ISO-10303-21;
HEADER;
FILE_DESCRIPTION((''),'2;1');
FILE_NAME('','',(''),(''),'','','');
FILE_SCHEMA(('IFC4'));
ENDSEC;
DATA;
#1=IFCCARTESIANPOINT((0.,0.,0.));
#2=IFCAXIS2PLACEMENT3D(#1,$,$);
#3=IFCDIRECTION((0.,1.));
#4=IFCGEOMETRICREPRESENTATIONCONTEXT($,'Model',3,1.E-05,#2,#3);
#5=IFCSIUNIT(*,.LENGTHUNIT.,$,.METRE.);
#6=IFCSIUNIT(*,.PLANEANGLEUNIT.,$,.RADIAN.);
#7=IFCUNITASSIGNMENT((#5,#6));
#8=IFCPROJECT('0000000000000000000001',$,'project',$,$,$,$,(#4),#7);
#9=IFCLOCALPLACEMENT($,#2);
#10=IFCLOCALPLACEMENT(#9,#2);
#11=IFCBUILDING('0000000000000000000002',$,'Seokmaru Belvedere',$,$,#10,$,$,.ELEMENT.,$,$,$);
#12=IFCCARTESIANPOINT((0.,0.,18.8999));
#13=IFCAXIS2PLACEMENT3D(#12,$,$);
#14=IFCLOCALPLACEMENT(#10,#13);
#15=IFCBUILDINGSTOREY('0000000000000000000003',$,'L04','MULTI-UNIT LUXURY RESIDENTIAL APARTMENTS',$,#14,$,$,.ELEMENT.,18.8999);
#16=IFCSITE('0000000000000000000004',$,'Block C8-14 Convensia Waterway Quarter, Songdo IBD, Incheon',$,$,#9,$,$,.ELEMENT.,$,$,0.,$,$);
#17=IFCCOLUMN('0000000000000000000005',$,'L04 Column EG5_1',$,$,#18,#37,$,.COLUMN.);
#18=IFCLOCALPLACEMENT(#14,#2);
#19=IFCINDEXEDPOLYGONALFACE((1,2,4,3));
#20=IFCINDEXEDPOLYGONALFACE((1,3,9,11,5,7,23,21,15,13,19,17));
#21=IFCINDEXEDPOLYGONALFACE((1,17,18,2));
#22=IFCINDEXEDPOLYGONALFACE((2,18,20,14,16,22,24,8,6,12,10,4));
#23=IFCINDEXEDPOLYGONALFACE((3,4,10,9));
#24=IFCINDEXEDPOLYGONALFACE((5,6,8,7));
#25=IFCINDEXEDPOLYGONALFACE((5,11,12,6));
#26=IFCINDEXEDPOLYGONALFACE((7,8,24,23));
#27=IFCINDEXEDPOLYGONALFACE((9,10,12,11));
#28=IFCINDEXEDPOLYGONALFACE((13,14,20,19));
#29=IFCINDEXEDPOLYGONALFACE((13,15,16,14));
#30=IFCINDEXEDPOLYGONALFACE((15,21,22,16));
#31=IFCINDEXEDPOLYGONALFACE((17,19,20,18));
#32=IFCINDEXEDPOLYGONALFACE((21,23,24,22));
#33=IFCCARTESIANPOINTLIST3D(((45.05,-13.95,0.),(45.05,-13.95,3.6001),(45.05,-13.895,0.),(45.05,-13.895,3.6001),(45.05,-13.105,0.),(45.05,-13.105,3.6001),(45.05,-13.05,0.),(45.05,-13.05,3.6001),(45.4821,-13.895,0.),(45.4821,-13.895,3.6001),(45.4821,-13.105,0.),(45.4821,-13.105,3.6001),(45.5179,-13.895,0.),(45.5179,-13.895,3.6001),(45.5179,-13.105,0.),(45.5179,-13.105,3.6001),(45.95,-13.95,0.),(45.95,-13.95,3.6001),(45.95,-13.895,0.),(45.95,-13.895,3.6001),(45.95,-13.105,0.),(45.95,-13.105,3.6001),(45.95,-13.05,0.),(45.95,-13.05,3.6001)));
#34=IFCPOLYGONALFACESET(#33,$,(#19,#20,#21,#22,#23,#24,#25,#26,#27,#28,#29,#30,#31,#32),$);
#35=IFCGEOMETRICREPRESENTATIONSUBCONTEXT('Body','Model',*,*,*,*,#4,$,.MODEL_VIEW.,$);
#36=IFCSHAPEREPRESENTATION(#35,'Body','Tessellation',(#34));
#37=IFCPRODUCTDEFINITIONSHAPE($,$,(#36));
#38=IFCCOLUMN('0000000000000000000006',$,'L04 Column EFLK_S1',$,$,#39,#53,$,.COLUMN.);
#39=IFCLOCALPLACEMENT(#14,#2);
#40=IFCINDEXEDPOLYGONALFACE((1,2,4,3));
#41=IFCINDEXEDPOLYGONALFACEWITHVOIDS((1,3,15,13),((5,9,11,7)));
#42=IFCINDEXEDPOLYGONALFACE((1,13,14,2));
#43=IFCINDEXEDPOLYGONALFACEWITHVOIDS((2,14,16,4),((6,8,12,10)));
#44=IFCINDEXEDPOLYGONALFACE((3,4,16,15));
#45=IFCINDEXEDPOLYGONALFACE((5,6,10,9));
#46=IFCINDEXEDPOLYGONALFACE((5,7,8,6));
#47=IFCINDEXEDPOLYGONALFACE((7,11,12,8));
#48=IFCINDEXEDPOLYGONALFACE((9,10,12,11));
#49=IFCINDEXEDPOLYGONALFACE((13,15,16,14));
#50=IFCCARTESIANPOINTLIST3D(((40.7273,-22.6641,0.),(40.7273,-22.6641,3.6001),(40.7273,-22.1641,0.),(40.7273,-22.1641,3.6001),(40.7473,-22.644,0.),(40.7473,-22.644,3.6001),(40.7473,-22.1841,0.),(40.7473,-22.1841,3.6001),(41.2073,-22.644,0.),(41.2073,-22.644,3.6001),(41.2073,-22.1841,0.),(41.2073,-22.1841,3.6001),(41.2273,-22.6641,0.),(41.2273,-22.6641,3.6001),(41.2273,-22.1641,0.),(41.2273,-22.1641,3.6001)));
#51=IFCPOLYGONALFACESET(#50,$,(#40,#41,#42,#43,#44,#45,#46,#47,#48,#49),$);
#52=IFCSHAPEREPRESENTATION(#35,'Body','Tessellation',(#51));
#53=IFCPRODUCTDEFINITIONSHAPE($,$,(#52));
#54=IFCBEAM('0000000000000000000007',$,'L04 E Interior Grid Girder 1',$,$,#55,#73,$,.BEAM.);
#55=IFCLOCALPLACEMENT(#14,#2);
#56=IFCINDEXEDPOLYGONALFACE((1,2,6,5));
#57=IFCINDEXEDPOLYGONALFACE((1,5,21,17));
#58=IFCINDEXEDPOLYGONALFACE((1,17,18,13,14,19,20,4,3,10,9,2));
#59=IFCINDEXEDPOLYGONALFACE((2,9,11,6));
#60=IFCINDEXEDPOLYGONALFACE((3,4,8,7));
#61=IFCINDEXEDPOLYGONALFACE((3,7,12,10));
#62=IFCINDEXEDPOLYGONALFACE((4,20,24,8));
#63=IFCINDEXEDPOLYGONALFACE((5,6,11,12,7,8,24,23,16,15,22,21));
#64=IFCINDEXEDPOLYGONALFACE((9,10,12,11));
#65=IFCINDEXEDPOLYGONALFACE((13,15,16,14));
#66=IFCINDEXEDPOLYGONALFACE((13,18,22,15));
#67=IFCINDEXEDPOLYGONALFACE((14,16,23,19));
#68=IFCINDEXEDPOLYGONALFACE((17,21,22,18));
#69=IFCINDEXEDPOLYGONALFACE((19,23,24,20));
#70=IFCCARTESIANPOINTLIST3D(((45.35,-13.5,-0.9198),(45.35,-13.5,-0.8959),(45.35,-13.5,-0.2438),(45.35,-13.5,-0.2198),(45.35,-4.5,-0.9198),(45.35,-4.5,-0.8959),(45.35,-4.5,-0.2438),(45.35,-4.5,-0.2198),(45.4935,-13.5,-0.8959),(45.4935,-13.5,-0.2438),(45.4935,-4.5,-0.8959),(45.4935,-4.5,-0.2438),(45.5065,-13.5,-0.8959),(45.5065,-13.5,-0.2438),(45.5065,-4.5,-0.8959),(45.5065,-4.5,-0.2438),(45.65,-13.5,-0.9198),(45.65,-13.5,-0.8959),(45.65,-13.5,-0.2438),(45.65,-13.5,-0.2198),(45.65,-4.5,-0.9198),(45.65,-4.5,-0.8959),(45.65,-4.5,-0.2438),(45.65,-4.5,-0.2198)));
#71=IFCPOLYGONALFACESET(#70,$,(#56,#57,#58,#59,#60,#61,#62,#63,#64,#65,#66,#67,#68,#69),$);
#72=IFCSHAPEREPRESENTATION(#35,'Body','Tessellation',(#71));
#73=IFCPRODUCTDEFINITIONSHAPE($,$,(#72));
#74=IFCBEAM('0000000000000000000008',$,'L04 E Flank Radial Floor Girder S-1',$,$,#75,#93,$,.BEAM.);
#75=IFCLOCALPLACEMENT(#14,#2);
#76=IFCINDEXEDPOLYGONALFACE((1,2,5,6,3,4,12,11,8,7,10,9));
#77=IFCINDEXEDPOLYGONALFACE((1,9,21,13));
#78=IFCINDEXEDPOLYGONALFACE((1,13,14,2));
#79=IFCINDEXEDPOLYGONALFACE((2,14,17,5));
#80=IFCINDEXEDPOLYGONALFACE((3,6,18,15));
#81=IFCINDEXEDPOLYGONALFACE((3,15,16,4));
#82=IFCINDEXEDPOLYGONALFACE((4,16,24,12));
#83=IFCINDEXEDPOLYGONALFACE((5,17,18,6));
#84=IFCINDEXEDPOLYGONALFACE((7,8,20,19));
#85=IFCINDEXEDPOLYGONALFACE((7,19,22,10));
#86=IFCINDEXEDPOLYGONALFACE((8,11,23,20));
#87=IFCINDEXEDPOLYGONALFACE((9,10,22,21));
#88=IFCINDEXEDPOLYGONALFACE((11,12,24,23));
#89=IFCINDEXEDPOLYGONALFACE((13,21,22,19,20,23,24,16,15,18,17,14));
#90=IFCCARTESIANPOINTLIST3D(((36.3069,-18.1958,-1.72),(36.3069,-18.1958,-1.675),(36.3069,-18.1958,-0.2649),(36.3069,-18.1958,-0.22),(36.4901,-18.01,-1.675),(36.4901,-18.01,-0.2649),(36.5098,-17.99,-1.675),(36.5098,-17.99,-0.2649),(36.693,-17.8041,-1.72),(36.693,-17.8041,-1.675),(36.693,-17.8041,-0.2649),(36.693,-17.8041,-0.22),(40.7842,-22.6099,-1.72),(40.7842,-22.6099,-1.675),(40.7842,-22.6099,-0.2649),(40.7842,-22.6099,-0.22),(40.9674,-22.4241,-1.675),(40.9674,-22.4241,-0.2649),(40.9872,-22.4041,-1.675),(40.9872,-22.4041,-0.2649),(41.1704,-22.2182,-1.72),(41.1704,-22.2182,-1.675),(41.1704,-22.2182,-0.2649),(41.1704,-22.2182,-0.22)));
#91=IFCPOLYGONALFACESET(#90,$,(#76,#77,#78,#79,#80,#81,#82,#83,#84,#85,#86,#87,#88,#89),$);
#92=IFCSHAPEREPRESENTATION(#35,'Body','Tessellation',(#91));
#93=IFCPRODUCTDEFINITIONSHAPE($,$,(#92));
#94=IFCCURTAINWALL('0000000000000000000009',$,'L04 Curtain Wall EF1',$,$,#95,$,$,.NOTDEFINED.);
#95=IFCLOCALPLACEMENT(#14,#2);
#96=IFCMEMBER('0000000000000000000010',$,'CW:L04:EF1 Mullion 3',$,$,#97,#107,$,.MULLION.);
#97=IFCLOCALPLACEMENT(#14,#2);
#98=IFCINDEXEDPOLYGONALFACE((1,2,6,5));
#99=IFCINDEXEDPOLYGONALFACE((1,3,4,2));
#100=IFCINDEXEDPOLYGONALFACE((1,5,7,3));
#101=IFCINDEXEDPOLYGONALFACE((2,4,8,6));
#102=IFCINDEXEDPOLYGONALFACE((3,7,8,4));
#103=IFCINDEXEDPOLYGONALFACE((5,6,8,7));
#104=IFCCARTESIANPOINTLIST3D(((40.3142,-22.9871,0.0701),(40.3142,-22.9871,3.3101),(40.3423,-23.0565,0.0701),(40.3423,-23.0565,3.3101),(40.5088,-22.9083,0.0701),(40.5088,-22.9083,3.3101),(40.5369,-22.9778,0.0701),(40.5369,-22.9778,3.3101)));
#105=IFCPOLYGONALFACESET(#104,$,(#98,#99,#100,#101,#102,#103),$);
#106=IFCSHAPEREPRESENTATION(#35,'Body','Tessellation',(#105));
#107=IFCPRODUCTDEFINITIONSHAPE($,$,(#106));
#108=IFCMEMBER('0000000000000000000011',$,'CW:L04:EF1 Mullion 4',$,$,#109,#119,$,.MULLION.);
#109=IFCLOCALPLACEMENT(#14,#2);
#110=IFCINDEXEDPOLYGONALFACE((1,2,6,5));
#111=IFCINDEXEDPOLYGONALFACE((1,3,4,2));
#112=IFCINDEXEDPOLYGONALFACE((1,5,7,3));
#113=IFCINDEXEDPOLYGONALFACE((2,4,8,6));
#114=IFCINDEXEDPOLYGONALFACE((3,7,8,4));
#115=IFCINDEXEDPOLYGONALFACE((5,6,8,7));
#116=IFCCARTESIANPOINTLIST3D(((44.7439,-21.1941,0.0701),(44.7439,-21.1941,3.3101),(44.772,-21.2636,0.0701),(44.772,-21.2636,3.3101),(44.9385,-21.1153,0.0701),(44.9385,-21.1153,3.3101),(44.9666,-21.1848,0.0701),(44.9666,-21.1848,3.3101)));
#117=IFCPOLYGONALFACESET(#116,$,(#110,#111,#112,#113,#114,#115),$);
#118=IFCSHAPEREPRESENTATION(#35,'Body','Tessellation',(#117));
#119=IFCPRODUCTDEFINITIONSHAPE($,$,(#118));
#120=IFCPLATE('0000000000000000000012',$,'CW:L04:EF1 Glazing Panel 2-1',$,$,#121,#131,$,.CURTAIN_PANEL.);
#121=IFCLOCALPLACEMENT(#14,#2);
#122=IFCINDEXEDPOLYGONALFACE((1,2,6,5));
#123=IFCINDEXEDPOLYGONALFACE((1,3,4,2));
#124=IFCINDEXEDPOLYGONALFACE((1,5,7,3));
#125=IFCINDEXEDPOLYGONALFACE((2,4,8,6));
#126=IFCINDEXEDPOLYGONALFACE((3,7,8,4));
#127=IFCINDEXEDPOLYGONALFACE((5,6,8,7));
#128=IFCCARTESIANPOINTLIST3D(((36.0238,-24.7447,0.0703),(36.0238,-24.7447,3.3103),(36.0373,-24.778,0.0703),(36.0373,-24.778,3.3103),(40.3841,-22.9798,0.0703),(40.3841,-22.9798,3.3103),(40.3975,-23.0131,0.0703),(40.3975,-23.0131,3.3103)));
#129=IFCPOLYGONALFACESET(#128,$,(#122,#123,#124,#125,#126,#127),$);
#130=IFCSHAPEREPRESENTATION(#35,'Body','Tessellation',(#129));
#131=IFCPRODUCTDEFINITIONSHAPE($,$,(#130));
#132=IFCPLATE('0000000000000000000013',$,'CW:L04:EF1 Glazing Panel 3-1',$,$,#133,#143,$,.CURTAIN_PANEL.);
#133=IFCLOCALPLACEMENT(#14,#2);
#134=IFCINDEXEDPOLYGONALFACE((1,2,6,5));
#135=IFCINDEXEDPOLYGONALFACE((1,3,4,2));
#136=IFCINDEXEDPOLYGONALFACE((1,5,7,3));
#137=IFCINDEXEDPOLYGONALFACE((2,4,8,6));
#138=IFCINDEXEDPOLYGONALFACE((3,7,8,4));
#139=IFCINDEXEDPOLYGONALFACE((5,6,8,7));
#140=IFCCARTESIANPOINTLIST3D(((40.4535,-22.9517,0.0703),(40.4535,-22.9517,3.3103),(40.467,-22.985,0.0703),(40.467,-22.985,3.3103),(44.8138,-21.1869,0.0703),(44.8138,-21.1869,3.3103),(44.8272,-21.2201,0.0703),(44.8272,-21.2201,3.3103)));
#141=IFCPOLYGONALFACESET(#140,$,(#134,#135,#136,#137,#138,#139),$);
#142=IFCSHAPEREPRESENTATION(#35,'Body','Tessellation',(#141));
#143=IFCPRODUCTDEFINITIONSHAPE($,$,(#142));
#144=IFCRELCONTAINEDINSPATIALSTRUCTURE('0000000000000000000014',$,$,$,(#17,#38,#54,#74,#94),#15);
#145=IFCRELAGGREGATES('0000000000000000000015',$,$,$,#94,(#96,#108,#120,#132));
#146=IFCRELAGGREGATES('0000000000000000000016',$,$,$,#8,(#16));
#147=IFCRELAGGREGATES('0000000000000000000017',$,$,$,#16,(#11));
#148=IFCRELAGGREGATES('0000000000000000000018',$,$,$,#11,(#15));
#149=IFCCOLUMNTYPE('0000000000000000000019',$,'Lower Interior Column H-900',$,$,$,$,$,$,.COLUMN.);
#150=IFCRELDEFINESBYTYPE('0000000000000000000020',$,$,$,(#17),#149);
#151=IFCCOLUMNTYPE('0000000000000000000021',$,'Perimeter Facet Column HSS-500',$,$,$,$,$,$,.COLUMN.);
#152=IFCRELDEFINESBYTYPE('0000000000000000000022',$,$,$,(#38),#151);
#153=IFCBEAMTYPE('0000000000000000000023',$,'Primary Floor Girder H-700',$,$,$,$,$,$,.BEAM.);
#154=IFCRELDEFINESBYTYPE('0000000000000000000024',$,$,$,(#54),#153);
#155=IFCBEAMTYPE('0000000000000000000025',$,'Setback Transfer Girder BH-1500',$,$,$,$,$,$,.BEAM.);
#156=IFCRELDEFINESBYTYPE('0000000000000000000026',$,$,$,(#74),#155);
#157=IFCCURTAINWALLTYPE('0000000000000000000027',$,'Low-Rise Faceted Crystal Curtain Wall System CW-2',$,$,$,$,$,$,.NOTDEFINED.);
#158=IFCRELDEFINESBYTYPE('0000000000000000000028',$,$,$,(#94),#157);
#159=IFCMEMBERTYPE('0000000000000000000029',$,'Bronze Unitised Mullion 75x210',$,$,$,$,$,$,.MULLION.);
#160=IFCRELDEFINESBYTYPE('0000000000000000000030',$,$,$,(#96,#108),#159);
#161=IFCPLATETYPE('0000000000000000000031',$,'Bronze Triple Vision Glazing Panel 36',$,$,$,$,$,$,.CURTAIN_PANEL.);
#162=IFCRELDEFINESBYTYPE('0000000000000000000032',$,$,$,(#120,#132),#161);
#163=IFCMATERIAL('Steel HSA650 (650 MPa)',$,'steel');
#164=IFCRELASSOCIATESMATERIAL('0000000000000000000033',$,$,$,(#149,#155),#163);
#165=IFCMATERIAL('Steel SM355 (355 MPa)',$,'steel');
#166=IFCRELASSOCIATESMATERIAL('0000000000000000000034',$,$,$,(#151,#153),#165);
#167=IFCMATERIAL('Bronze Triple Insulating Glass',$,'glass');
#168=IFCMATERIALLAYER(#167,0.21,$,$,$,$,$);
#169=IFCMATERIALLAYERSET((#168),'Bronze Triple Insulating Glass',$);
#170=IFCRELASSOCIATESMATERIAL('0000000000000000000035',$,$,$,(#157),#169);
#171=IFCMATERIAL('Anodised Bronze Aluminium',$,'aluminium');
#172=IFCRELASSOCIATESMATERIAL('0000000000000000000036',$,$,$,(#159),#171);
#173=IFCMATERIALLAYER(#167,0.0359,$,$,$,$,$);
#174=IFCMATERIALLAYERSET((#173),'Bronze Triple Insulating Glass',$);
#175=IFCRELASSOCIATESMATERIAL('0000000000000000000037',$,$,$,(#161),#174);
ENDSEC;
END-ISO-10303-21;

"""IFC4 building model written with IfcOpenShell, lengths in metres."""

from ifc_helpers import new_model, si_unit, direction, frame, origin, origin_2d, place, context, subcontext, project, spatial, rectangle, hollow_rectangle, i_section, extrude, source, transform, mapped, material, layer, layer_set, material_profile, profile_set, type_object, type_shapes, element, aggregate, save


model = new_model("IFC4")

# Units and contexts
model_context = context("Model", 3, precision=1e-05, world=origin(), true_north=direction((0.0, 1.0)))
body_context = subcontext(model_context, "Body", "Model", "MODEL_VIEW")
ifc_project = project(units=[si_unit("LENGTHUNIT", "METRE"), si_unit("PLANEANGLEUNIT", "RADIAN")], contexts=[model_context])

# Site, building, storey
site_placement = place(None, origin())
site = spatial("IfcSite", under=ifc_project, at=site_placement, Name="Block C8-14 Convensia Waterway Quarter, Songdo IBD, Incheon", CompositionType="ELEMENT", RefElevation=0.0)
building_placement = place(site_placement, origin())
building = spatial("IfcBuilding", under=site, at=building_placement, Name="Seokmaru Belvedere", CompositionType="ELEMENT")
storey_placement = place(building_placement, frame((0.0, 0.0, 18.8999)))
storey = spatial("IfcBuildingStorey", under=building, at=storey_placement, Name="L04", Description="MULTI-UNIT LUXURY RESIDENTIAL APARTMENTS", CompositionType="ELEMENT", Elevation=18.8999)

# Columns
ifc_material_1 = material(Name="Steel HSA650 (650 MPa)", Category="steel")
ifc_material_profile_1 = material_profile(ifc_material_1, i_section(OverallWidth=0.8999, OverallDepth=0.8999, WebThickness=0.0359, FlangeThickness=0.0549, at=origin_2d()), Name="H-900x900x36x55")
ifc_profile_set_1 = profile_set([ifc_material_profile_1], Name="Steel HSA650 (650 MPa)")
column_type_1 = type_object("IfcColumnType", Name="Lower Interior Column H-900", PredefinedType="COLUMN", material=ifc_profile_set_1)
shared_shape_1 = source(origin(), body_context, "Body", "SweptSolid", [
    extrude(i_section(OverallWidth=0.8999, OverallDepth=0.8999, WebThickness=0.0359, FlangeThickness=0.0549, at=origin_2d()), origin(), (0.0, 0.0, 1.0), 3.6001),
])
type_shapes(column_type_1, [shared_shape_1])
column_1_placement = place(storey_placement, frame((45.5, -13.5, 0.0), z_axis=(0.0, 0.0, 1.0), x_axis=(1.0, 0.0, 0.0)))
element("IfcColumn", 1, at=column_1_placement, inside=storey, type_object=column_type_1, Name="L04 Column EG5_1", PredefinedType="COLUMN", context=body_context, shape_type="MappedRepresentation", body=[
    mapped(shared_shape_1, transform((0.0, 0.0, 0.0), scale=1.0)),
])
ifc_material_2 = material(Name="Steel SM355 (355 MPa)", Category="steel")
ifc_material_profile_2 = material_profile(ifc_material_2, hollow_rectangle(XDim=0.5, YDim=0.5, WallThickness=0.02, at=origin_2d()), Name="HSS-500x500x20")
ifc_profile_set_2 = profile_set([ifc_material_profile_2], Name="Steel SM355 (355 MPa)")
column_type_2 = type_object("IfcColumnType", Name="Perimeter Facet Column HSS-500", PredefinedType="COLUMN", material=ifc_profile_set_2)
shared_shape_2 = source(origin(), body_context, "Body", "SweptSolid", [
    extrude(hollow_rectangle(XDim=0.5, YDim=0.5, WallThickness=0.02, at=origin_2d()), origin(), (0.0, 0.0, 1.0), 3.6001),
])
type_shapes(column_type_2, [shared_shape_2])
column_2_placement = place(storey_placement, frame((40.9773, -22.4141, 0.0), z_axis=(0.0, 0.0, 1.0), x_axis=(1.0, 0.0, 0.0)))
element("IfcColumn", 2, at=column_2_placement, inside=storey, type_object=column_type_2, Name="L04 Column EFLK_S1", PredefinedType="COLUMN", context=body_context, shape_type="MappedRepresentation", body=[
    mapped(shared_shape_2, transform((0.0, 0.0, 0.0), scale=1.0)),
])

# Beams
ifc_material_profile_3 = material_profile(ifc_material_2, i_section(OverallWidth=0.3, OverallDepth=0.7, WebThickness=0.0129, FlangeThickness=0.0239, at=origin_2d()), Name="H-700x300x13x24")
ifc_profile_set_3 = profile_set([ifc_material_profile_3], Name="Steel SM355 (355 MPa)")
beam_type_1 = type_object("IfcBeamType", Name="Primary Floor Girder H-700", PredefinedType="BEAM", material=ifc_profile_set_3)
shared_shape_3 = source(origin(), body_context, "Body", "SweptSolid", [
    extrude(i_section(OverallWidth=0.3, OverallDepth=0.7, WebThickness=0.0129, FlangeThickness=0.0239, at=origin_2d()), origin(), (0.0, 0.0, 1.0), 9.0),
])
type_shapes(beam_type_1, [shared_shape_3])
beam_1_placement = place(storey_placement, frame((45.5, -13.5, -0.5698), z_axis=(0.0, 1.0, 0.0), x_axis=(-1.0, 0.0, 0.0)))
element("IfcBeam", 3, at=beam_1_placement, inside=storey, type_object=beam_type_1, Name="L04 E Interior Grid Girder 1", PredefinedType="BEAM", context=body_context, shape_type="MappedRepresentation", body=[
    mapped(shared_shape_3, transform((0.0, 0.0, 0.0), scale=1.0)),
])
ifc_material_profile_4 = material_profile(ifc_material_1, i_section(OverallWidth=0.55, OverallDepth=1.5, WebThickness=0.0281, FlangeThickness=0.0449, at=origin_2d()), Name="BH-1500x550x28x45")
ifc_profile_set_4 = profile_set([ifc_material_profile_4], Name="Steel HSA650 (650 MPa)")
beam_type_2 = type_object("IfcBeamType", Name="Setback Transfer Girder BH-1500", PredefinedType="BEAM", material=ifc_profile_set_4)
shared_shape_4 = source(origin(), body_context, "Body", "SweptSolid", [
    extrude(i_section(OverallWidth=0.55, OverallDepth=1.5, WebThickness=0.0281, FlangeThickness=0.0449, at=origin_2d()), origin(), (0.0, 0.0, 1.0), 6.2874),
])
type_shapes(beam_type_2, [shared_shape_4])
beam_2_placement = place(storey_placement, frame((40.9773, -22.4141, -0.97), z_axis=(-0.712117, 0.70206, 0.0), x_axis=(-0.70206, -0.712117, 0.0)))
element("IfcBeam", 4, at=beam_2_placement, inside=storey, type_object=beam_type_2, Name="L04 E Flank Radial Floor Girder S-1", PredefinedType="BEAM", context=body_context, shape_type="MappedRepresentation", body=[
    mapped(shared_shape_4, transform((0.0, 0.0, 0.0), scale=1.0)),
])

# Curtain wall, members, plates
ifc_material_3 = material(Name="Bronze Triple Insulating Glass", Category="glass")
ifc_layer_1 = layer(ifc_material_3, 0.21)
ifc_layer_set_1 = layer_set([ifc_layer_1], Name="Bronze Triple Insulating Glass")
curtain_wall_type = type_object("IfcCurtainWallType", Name="Low-Rise Faceted Crystal Curtain Wall System CW-2", PredefinedType="NOTDEFINED", material=ifc_layer_set_1)
curtain_wall_placement = place(storey_placement, origin())
curtain_wall = element("IfcCurtainWall", 5, at=curtain_wall_placement, inside=storey, type_object=curtain_wall_type, Name="L04 Curtain Wall EF1", PredefinedType="NOTDEFINED")
ifc_material_4 = material(Name="Anodised Bronze Aluminium", Category="aluminium")
ifc_material_profile_5 = material_profile(ifc_material_4, rectangle(XDim=0.075, YDim=0.21, at=origin_2d()), Name="CW-M-75x210")
ifc_profile_set_5 = profile_set([ifc_material_profile_5], Name="Anodised Bronze Aluminium")
member_type = type_object("IfcMemberType", Name="Bronze Unitised Mullion 75x210", PredefinedType="MULLION", material=ifc_profile_set_5)
shared_shape_5 = source(origin(), body_context, "Body", "SweptSolid", [
    extrude(rectangle(XDim=0.075, YDim=0.21, at=origin_2d()), origin(), (0.0, 0.0, 1.0), 3.24),
])
type_shapes(member_type, [shared_shape_5])
member_1_placement = place(storey_placement, frame((40.4255, -22.9824, 0.0701), z_axis=(0.0, 0.0, 1.0), x_axis=(-0.375192, 0.926947, 0.0)))
member_1 = element("IfcMember", 6, at=member_1_placement, type_object=member_type, Name="CW:L04:EF1 Mullion 3", PredefinedType="MULLION", context=body_context, shape_type="MappedRepresentation", body=[
    mapped(shared_shape_5, transform((0.0, 0.0, 0.0), scale=1.0)),
])
member_2_placement = place(storey_placement, frame((44.8552, -21.1895, 0.0701), z_axis=(0.0, 0.0, 1.0), x_axis=(-0.375192, 0.926947, 0.0)))
member_2 = element("IfcMember", 7, at=member_2_placement, type_object=member_type, Name="CW:L04:EF1 Mullion 4", PredefinedType="MULLION", context=body_context, shape_type="MappedRepresentation", body=[
    mapped(shared_shape_5, transform((0.0, 0.0, 0.0), scale=1.0)),
])
ifc_layer_2 = layer(ifc_material_3, 0.0359)
ifc_layer_set_2 = layer_set([ifc_layer_2], Name="Bronze Triple Insulating Glass")
plate_type = type_object("IfcPlateType", Name="Bronze Triple Vision Glazing Panel 36", PredefinedType="CURTAIN_PANEL", material=ifc_layer_set_2)
shared_shape_6 = source(origin(), body_context, "Body", "SweptSolid", [
    extrude(rectangle(XDim=4.7039, YDim=0.0359, at=origin_2d()), origin(), (0.0, 0.0, 1.0), 3.24),
])
type_shapes(plate_type, [shared_shape_6])
plate_1_placement = place(storey_placement, frame((38.2107, -23.8789, 0.0703), z_axis=(0.0, 0.0, 1.0), x_axis=(0.926947, 0.375192, 0.0)))
plate_1 = element("IfcPlate", 8, at=plate_1_placement, type_object=plate_type, Name="CW:L04:EF1 Glazing Panel 2-1", PredefinedType="CURTAIN_PANEL", context=body_context, shape_type="MappedRepresentation", body=[
    mapped(shared_shape_6, transform((0.0, 0.0, 0.0), scale=1.0)),
])
plate_2_placement = place(storey_placement, frame((42.6404, -22.0859, 0.0703), z_axis=(0.0, 0.0, 1.0), x_axis=(0.926947, 0.375192, 0.0)))
plate_2 = element("IfcPlate", 9, at=plate_2_placement, type_object=plate_type, Name="CW:L04:EF1 Glazing Panel 3-1", PredefinedType="CURTAIN_PANEL", context=body_context, shape_type="MappedRepresentation", body=[
    mapped(shared_shape_6, transform((0.0, 0.0, 0.0), scale=1.0)),
])
aggregate(curtain_wall, [member_1, member_2, plate_1, plate_2])

save(model, "model.ifc")
